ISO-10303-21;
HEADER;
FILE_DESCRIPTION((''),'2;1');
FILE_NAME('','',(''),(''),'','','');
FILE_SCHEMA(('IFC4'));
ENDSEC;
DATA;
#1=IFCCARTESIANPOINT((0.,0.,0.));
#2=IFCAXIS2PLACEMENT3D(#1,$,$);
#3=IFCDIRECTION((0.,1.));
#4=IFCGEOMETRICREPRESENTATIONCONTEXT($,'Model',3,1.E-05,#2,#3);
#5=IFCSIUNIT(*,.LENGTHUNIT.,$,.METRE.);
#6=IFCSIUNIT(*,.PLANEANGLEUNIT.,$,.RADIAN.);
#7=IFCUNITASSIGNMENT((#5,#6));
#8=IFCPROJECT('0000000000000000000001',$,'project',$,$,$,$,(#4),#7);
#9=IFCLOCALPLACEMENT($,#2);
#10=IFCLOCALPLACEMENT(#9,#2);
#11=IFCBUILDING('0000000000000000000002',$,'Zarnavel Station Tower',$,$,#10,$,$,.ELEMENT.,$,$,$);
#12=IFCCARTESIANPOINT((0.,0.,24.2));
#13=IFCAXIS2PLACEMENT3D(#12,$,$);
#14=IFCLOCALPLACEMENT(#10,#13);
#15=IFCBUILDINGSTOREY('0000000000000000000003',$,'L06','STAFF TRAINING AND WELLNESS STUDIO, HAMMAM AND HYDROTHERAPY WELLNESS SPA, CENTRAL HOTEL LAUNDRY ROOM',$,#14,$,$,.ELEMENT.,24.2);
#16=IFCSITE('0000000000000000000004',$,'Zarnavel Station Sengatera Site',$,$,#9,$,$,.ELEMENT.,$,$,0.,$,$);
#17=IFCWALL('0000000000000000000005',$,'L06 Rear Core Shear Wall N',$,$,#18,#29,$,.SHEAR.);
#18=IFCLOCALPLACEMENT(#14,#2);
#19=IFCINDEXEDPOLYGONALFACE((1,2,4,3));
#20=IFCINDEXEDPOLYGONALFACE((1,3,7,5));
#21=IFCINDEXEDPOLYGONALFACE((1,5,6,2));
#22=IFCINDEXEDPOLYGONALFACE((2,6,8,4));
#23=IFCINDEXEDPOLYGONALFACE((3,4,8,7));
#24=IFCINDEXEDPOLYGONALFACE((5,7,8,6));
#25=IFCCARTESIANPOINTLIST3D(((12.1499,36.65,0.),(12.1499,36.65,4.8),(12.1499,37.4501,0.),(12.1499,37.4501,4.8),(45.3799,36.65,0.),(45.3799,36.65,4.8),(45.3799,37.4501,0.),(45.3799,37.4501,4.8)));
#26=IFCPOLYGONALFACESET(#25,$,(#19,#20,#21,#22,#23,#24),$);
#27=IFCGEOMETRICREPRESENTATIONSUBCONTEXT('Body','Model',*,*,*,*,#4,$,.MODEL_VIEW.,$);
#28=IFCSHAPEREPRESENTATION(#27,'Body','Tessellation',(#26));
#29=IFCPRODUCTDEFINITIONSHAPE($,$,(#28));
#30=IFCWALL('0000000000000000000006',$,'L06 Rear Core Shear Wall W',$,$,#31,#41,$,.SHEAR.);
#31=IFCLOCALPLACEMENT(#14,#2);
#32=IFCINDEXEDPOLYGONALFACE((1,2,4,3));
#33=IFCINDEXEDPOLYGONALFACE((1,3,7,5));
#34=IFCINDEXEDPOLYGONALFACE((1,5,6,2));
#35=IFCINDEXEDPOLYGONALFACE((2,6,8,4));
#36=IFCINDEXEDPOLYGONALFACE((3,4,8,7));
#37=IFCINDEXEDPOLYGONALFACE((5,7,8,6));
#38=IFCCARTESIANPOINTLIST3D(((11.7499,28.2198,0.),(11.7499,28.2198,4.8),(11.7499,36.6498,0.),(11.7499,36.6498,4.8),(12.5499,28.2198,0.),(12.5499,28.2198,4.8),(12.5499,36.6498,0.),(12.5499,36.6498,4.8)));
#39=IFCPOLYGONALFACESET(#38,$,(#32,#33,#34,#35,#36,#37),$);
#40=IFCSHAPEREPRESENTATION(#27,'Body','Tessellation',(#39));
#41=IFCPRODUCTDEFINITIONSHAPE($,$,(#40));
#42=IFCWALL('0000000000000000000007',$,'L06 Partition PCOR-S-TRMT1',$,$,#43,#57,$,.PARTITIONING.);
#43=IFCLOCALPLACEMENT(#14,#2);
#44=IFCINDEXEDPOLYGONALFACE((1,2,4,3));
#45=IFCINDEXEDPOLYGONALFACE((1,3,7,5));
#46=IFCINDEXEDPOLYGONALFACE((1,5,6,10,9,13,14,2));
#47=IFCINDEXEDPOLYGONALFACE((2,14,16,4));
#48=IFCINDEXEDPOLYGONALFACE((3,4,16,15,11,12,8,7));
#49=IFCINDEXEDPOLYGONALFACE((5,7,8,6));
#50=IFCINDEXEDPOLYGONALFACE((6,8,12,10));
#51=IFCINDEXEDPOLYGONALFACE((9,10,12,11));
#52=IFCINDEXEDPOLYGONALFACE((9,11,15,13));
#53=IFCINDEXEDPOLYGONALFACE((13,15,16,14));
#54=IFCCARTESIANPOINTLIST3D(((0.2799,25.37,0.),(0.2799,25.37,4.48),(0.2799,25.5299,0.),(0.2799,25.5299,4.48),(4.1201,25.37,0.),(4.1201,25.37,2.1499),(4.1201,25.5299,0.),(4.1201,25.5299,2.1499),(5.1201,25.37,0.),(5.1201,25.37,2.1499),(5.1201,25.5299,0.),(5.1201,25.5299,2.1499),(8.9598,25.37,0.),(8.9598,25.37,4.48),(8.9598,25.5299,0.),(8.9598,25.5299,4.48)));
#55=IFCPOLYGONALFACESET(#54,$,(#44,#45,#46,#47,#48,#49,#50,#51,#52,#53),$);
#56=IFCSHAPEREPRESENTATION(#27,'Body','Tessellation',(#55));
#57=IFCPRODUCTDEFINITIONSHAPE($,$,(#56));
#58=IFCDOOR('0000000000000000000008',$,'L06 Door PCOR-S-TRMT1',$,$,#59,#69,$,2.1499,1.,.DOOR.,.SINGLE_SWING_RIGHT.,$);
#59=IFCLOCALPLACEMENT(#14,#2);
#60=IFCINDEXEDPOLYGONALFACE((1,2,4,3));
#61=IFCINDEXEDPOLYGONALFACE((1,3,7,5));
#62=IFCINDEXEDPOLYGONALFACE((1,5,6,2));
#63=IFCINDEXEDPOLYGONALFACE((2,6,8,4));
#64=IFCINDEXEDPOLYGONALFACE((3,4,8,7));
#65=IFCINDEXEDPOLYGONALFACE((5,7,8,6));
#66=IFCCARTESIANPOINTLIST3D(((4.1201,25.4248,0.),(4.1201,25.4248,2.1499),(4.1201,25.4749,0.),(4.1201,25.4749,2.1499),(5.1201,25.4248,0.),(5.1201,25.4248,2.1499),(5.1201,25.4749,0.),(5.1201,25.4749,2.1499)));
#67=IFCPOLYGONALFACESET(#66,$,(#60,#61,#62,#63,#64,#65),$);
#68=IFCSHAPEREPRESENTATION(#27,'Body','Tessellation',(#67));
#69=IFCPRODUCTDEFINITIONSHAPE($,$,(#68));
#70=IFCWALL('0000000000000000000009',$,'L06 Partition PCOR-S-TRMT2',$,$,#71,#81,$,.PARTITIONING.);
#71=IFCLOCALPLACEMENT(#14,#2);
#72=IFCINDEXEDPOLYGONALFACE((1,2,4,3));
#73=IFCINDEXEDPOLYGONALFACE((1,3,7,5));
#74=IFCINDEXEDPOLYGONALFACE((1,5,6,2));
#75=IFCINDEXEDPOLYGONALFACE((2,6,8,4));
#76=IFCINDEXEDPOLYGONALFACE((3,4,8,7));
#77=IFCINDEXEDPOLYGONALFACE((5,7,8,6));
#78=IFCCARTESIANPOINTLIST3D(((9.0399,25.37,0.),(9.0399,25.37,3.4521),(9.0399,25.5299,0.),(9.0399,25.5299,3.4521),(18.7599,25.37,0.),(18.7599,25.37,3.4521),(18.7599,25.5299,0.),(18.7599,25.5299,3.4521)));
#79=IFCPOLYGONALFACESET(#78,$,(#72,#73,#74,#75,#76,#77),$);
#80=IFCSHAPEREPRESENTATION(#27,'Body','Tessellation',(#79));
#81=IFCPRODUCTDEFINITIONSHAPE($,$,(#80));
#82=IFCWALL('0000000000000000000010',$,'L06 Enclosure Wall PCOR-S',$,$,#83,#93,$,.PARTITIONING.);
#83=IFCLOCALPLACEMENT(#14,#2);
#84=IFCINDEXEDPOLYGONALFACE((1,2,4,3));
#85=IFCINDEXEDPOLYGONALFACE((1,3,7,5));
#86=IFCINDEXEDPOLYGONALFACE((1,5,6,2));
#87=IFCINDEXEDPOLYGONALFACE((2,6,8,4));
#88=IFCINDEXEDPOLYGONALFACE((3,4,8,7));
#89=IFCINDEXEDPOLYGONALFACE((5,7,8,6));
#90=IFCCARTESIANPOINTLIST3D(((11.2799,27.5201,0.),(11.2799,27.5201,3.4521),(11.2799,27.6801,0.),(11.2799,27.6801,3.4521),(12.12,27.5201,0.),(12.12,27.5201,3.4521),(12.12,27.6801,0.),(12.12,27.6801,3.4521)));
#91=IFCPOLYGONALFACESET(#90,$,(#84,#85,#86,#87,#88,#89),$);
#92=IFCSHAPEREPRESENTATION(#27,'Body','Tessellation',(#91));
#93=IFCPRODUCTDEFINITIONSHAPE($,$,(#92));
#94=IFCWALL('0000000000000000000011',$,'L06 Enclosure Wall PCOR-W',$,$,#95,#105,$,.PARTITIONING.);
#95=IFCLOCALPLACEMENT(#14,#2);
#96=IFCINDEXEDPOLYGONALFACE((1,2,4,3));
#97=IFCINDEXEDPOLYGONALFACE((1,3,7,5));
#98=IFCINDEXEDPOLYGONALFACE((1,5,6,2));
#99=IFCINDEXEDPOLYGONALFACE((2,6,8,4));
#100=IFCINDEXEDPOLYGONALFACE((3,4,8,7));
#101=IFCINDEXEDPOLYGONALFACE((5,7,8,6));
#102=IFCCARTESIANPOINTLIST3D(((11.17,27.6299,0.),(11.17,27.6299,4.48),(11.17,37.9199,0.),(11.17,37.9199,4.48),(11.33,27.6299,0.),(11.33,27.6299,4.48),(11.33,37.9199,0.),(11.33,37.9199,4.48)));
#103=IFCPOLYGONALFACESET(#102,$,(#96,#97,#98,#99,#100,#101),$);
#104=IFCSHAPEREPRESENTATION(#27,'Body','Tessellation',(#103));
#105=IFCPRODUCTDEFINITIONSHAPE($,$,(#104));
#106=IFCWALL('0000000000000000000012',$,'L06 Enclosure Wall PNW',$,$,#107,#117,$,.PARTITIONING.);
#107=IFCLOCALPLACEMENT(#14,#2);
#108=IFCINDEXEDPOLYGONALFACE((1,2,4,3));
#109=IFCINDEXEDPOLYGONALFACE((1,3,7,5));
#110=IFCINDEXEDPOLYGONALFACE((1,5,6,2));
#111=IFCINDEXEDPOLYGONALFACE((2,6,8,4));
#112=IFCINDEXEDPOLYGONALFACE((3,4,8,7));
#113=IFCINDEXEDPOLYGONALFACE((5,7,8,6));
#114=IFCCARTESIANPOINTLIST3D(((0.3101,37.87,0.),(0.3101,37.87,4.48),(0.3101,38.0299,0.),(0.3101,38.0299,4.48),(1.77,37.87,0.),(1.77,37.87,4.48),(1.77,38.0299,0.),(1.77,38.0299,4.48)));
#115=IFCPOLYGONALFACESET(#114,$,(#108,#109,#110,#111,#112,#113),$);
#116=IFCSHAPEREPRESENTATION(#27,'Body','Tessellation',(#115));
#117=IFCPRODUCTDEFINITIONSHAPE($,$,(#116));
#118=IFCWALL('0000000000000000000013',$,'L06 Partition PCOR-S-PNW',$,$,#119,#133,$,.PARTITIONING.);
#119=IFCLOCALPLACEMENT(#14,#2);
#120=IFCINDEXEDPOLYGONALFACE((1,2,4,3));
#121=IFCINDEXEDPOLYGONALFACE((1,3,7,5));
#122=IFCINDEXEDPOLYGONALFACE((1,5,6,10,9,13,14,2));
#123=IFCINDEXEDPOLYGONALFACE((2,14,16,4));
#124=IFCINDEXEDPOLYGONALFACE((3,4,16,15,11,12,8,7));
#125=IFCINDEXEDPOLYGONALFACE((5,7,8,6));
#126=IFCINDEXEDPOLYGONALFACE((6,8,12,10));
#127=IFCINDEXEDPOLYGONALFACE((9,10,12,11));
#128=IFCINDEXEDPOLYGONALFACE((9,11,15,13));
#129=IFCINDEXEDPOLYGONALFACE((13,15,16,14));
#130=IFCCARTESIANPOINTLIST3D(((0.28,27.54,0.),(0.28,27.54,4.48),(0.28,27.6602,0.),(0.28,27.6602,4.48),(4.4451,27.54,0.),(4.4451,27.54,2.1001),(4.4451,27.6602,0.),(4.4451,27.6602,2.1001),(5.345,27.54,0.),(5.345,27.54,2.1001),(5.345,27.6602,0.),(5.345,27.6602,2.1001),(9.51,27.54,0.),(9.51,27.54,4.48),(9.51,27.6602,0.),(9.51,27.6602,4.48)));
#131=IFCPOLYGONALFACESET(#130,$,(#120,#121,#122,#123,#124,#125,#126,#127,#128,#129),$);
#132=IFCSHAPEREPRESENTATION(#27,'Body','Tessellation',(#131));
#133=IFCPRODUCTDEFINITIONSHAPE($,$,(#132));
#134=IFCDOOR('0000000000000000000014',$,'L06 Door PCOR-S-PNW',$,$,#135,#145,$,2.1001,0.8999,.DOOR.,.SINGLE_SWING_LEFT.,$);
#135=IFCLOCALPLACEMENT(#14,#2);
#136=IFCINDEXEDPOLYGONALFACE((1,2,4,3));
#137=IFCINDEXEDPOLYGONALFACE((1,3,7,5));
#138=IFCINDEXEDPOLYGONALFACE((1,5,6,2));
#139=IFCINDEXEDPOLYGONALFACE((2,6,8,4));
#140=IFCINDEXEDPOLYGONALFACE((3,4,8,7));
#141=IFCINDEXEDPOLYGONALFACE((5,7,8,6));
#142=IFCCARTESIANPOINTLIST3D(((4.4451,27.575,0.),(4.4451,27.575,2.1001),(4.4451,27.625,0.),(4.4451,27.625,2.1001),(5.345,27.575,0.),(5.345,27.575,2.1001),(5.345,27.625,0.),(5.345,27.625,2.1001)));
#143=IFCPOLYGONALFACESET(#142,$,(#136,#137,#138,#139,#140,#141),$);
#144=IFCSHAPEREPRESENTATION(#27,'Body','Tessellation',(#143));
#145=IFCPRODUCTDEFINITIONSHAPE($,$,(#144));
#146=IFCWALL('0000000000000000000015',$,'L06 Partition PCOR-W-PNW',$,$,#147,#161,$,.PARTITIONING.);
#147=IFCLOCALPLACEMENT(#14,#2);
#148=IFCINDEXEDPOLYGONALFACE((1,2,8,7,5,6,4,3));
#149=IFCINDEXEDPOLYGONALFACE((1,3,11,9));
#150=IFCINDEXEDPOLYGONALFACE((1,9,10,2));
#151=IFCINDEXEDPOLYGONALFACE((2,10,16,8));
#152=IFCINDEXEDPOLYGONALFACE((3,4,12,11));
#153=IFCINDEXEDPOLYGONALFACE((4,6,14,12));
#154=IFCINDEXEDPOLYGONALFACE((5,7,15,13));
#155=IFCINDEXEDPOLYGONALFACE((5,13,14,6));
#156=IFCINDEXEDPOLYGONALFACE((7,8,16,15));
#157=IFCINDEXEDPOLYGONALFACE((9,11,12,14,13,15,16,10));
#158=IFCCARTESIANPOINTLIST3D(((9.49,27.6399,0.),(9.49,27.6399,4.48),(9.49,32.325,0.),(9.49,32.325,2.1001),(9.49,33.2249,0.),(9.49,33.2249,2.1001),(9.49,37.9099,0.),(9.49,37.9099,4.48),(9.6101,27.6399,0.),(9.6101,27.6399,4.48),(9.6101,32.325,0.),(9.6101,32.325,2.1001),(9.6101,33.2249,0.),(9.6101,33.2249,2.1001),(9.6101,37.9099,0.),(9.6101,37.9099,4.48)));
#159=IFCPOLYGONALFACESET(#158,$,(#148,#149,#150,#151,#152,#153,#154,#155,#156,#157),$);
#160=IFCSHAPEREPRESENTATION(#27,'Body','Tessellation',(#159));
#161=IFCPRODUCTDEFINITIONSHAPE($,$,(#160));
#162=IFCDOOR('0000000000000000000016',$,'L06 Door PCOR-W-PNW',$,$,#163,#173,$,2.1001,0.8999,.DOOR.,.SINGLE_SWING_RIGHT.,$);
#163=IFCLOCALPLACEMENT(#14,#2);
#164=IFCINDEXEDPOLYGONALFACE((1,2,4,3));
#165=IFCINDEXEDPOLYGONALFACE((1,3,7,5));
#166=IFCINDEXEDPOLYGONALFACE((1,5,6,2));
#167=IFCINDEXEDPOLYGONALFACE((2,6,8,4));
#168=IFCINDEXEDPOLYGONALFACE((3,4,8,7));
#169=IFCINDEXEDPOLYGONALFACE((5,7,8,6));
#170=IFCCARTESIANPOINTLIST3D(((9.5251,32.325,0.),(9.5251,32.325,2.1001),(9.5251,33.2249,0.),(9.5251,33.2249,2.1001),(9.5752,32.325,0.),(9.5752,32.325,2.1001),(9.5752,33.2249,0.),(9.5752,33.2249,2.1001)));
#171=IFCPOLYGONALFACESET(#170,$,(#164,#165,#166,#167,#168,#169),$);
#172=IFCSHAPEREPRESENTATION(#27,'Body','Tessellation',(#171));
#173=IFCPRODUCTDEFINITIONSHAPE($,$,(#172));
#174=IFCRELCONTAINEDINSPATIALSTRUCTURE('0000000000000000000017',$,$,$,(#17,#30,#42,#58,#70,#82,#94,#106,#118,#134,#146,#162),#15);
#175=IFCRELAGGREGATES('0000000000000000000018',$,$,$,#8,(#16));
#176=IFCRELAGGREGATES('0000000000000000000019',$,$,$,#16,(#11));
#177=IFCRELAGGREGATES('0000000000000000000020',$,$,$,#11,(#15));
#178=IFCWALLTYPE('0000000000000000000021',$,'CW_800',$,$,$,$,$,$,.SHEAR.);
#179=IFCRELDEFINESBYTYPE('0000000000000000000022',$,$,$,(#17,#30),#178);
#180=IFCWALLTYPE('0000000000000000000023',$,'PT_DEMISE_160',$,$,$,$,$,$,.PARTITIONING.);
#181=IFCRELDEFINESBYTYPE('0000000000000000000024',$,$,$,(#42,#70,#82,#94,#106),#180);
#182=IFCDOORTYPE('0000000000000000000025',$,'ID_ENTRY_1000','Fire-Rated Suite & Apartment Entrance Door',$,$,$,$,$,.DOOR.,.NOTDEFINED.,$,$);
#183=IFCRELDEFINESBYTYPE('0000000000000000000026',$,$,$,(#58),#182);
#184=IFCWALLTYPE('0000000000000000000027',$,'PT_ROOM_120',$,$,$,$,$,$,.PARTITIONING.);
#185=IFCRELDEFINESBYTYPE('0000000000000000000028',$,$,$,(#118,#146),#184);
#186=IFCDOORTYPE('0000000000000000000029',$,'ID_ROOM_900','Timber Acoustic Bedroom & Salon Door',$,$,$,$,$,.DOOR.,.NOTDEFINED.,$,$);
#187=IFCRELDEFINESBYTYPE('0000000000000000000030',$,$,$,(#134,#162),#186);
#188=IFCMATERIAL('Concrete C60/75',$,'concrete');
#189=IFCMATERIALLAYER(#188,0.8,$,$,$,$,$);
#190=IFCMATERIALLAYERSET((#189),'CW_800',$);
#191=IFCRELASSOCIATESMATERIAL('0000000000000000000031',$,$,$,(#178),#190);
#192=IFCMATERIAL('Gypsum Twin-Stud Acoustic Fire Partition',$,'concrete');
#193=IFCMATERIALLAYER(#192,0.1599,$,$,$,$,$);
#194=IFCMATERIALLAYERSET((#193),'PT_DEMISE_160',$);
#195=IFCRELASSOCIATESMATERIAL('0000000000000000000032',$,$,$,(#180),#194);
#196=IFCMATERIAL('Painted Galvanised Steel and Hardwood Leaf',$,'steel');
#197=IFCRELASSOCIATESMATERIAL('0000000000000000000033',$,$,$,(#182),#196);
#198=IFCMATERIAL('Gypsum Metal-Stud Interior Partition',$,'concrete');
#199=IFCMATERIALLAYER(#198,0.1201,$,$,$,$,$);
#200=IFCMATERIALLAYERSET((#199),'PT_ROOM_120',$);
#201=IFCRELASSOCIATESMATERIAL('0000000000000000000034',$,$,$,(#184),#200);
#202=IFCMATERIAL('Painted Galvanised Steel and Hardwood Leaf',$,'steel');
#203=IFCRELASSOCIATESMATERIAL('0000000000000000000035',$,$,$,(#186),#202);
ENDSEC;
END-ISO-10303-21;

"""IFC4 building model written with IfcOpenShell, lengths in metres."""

from ifc_helpers import new_model, si_unit, direction, frame, frame_2d, origin, place, context, subcontext, project, spatial, rectangle, extrude, material, layer, layer_set, type_object, element, fill, save


model = new_model("IFC4")

# Units and contexts
model_context = context("Model", 3, precision=1e-05, world=origin(), true_north=direction((0.0, 1.0)))
body_context = subcontext(model_context, "Body", "Model", "MODEL_VIEW")
ifc_project = project(units=[si_unit("LENGTHUNIT", "METRE"), si_unit("PLANEANGLEUNIT", "RADIAN")], contexts=[model_context])

# Site, building, storey
site_placement = place(None, origin())
site = spatial("IfcSite", under=ifc_project, at=site_placement, Name="Zarnavel Station Sengatera Site", CompositionType="ELEMENT", RefElevation=0.0)
building_placement = place(site_placement, origin())
building = spatial("IfcBuilding", under=site, at=building_placement, Name="Zarnavel Station Tower", CompositionType="ELEMENT")
storey_placement = place(building_placement, frame((0.0, 0.0, 24.2)))
storey = spatial("IfcBuildingStorey", under=building, at=storey_placement, Name="L06", Description="STAFF TRAINING AND WELLNESS STUDIO, HAMMAM AND HYDROTHERAPY WELLNESS SPA, CENTRAL HOTEL LAUNDRY ROOM", CompositionType="ELEMENT", Elevation=24.2)

# Walls
ifc_material_1 = material(Name="Concrete C60/75", Category="concrete")
ifc_layer_1 = layer(ifc_material_1, 0.8)
ifc_layer_set_1 = layer_set([ifc_layer_1], Name="CW_800")
wall_type_1 = type_object("IfcWallType", Name="CW_800", PredefinedType="SHEAR", material=ifc_layer_set_1)
wall_1_placement = place(storey_placement, frame((12.1499, 37.05, 0.0), z_axis=(0.0, 0.0, 1.0), x_axis=(1.0, 0.0, 0.0)))
element("IfcWall", 1, at=wall_1_placement, inside=storey, type_object=wall_type_1, Name="L06 Rear Core Shear Wall N", PredefinedType="SHEAR", context=body_context, shape_type="SweptSolid", body=[
    extrude(rectangle(XDim=33.23, YDim=0.8, at=frame_2d((16.615, 0.0))), origin(), (0.0, 0.0, 1.0), 4.8),
])
wall_2_placement = place(storey_placement, frame((12.1499, 28.22, 0.0), z_axis=(0.0, 0.0, 1.0), x_axis=(0.0, 1.0, 0.0)))
element("IfcWall", 2, at=wall_2_placement, inside=storey, type_object=wall_type_1, Name="L06 Rear Core Shear Wall W", PredefinedType="SHEAR", context=body_context, shape_type="SweptSolid", body=[
    extrude(rectangle(XDim=8.4299, YDim=0.8, at=frame_2d((4.2148, 0.0))), origin(), (0.0, 0.0, 1.0), 4.8),
])

# Wall, opening, door
ifc_material_2 = material(Name="Gypsum Twin-Stud Acoustic Fire Partition", Category="concrete")
ifc_layer_2 = layer(ifc_material_2, 0.1599)
ifc_layer_set_2 = layer_set([ifc_layer_2], Name="PT_DEMISE_160")
wall_type_2 = type_object("IfcWallType", Name="PT_DEMISE_160", PredefinedType="PARTITIONING", material=ifc_layer_set_2)
wall_3_placement = place(storey_placement, frame((0.28, 25.45, 0.0), z_axis=(0.0, 0.0, 1.0), x_axis=(1.0, 0.0, 0.0)))
wall_3 = element("IfcWall", 3, at=wall_3_placement, inside=storey, type_object=wall_type_2, Name="L06 Partition PCOR-S-TRMT1", PredefinedType="PARTITIONING", context=body_context, shape_type="SweptSolid", body=[
    extrude(rectangle(XDim=8.6799, YDim=0.1599, at=frame_2d((4.3398, 0.0))), origin(), (0.0, 0.0, 1.0), 4.48),
])
opening_1_placement = place(wall_3_placement, frame((3.8401, 0.0, 0.0)))
opening_1 = element("IfcOpeningElement", 4, at=opening_1_placement, cuts=wall_3, PredefinedType="OPENING", context=body_context, shape_type="SweptSolid", body=[
    extrude(rectangle(XDim=1.0, YDim=2.1499, at=frame_2d((0.5, 1.075))), frame((0.0, 0.0898, 0.0), z_axis=(0.0, -1.0, 0.0), x_axis=(1.0, 0.0, 0.0)), (0.0, 0.0, 1.0), 0.1799),
])
ifc_material_3 = material(Name="Painted Galvanised Steel and Hardwood Leaf", Category="steel")
door_type_1 = type_object("IfcDoorType", Name="ID_ENTRY_1000", Description="Fire-Rated Suite & Apartment Entrance Door", OperationType="NOTDEFINED", PredefinedType="DOOR", material=ifc_material_3)
door_1_placement = place(opening_1_placement, origin())
door_1 = element("IfcDoor", 5, at=door_1_placement, inside=storey, type_object=door_type_1, Name="L06 Door PCOR-S-TRMT1", OperationType="SINGLE_SWING_RIGHT", OverallHeight=2.1499, OverallWidth=1.0, PredefinedType="DOOR", context=body_context, shape_type="SweptSolid", body=[
    extrude(rectangle(XDim=1.0, YDim=2.1499, at=frame_2d((0.5, 1.075))), frame((0.0, 0.0249, 0.0), z_axis=(0.0, -1.0, 0.0), x_axis=(1.0, 0.0, 0.0)), (0.0, 0.0, 1.0), 0.05),
])
fill(opening_1, door_1)

# Walls
wall_4_placement = place(storey_placement, frame((9.04, 25.45, 0.0), z_axis=(0.0, 0.0, 1.0), x_axis=(1.0, 0.0, 0.0)))
element("IfcWall", 6, at=wall_4_placement, inside=storey, type_object=wall_type_2, Name="L06 Partition PCOR-S-TRMT2", PredefinedType="PARTITIONING", context=body_context, shape_type="SweptSolid", body=[
    extrude(rectangle(XDim=9.72, YDim=0.1599, at=frame_2d((4.8599, 0.0))), origin(), (0.0, 0.0, 1.0), 3.4521),
])
wall_5_placement = place(storey_placement, frame((11.28, 27.6001, 0.0), z_axis=(0.0, 0.0, 1.0), x_axis=(1.0, 0.0, 0.0)))
element("IfcWall", 7, at=wall_5_placement, inside=storey, type_object=wall_type_2, Name="L06 Enclosure Wall PCOR-S", PredefinedType="PARTITIONING", context=body_context, shape_type="SweptSolid", body=[
    extrude(rectangle(XDim=0.8401, YDim=0.1599, at=frame_2d((0.4199, 0.0))), origin(), (0.0, 0.0, 1.0), 3.4521),
])
wall_6_placement = place(storey_placement, frame((11.25, 27.6299, 0.0), z_axis=(0.0, 0.0, 1.0), x_axis=(0.0, 1.0, 0.0)))
element("IfcWall", 8, at=wall_6_placement, inside=storey, type_object=wall_type_2, Name="L06 Enclosure Wall PCOR-W", PredefinedType="PARTITIONING", context=body_context, shape_type="SweptSolid", body=[
    extrude(rectangle(XDim=10.29, YDim=0.1599, at=frame_2d((5.145, 0.0))), origin(), (0.0, 0.0, 1.0), 4.48),
])
wall_7_placement = place(storey_placement, frame((0.3101, 37.95, 0.0), z_axis=(0.0, 0.0, 1.0), x_axis=(1.0, 0.0, 0.0)))
element("IfcWall", 9, at=wall_7_placement, inside=storey, type_object=wall_type_2, Name="L06 Enclosure Wall PNW", PredefinedType="PARTITIONING", context=body_context, shape_type="SweptSolid", body=[
    extrude(rectangle(XDim=1.46, YDim=0.1599, at=frame_2d((0.73, 0.0))), origin(), (0.0, 0.0, 1.0), 4.48),
])

# Walls, openings, doors
ifc_material_4 = material(Name="Gypsum Metal-Stud Interior Partition", Category="concrete")
ifc_layer_3 = layer(ifc_material_4, 0.1201)
ifc_layer_set_3 = layer_set([ifc_layer_3], Name="PT_ROOM_120")
wall_type_3 = type_object("IfcWallType", Name="PT_ROOM_120", PredefinedType="PARTITIONING", material=ifc_layer_set_3)
wall_8_placement = place(storey_placement, frame((0.28, 27.6001, 0.0), z_axis=(0.0, 0.0, 1.0), x_axis=(1.0, 0.0, 0.0)))
wall_8 = element("IfcWall", 10, at=wall_8_placement, inside=storey, type_object=wall_type_3, Name="L06 Partition PCOR-S-PNW", PredefinedType="PARTITIONING", context=body_context, shape_type="SweptSolid", body=[
    extrude(rectangle(XDim=9.23, YDim=0.1201, at=frame_2d((4.615, 0.0))), origin(), (0.0, 0.0, 1.0), 4.48),
])
opening_2_placement = place(wall_8_placement, frame((4.165, 0.0, 0.0)))
opening_2 = element("IfcOpeningElement", 11, at=opening_2_placement, cuts=wall_8, PredefinedType="OPENING", context=body_context, shape_type="SweptSolid", body=[
    extrude(rectangle(XDim=0.8999, YDim=2.1001, at=frame_2d((0.45, 1.05))), frame((0.0, 0.0701, 0.0), z_axis=(0.0, -1.0, 0.0), x_axis=(1.0, 0.0, 0.0)), (0.0, 0.0, 1.0), 0.1401),
])
ifc_material_5 = material(Name="Painted Galvanised Steel and Hardwood Leaf", Category="steel")
door_type_2 = type_object("IfcDoorType", Name="ID_ROOM_900", Description="Timber Acoustic Bedroom & Salon Door", OperationType="NOTDEFINED", PredefinedType="DOOR", material=ifc_material_5)
door_2_placement = place(opening_2_placement, origin())
door_2 = element("IfcDoor", 12, at=door_2_placement, inside=storey, type_object=door_type_2, Name="L06 Door PCOR-S-PNW", OperationType="SINGLE_SWING_LEFT", OverallHeight=2.1001, OverallWidth=0.8999, PredefinedType="DOOR", context=body_context, shape_type="SweptSolid", body=[
    extrude(rectangle(XDim=0.8999, YDim=2.1001, at=frame_2d((0.45, 1.05))), frame((0.0, 0.0249, 0.0), z_axis=(0.0, -1.0, 0.0), x_axis=(1.0, 0.0, 0.0)), (0.0, 0.0, 1.0), 0.05),
])
fill(opening_2, door_2)
wall_9_placement = place(storey_placement, frame((9.55, 27.6399, 0.0), z_axis=(0.0, 0.0, 1.0), x_axis=(0.0, 1.0, 0.0)))
wall_9 = element("IfcWall", 13, at=wall_9_placement, inside=storey, type_object=wall_type_3, Name="L06 Partition PCOR-W-PNW", PredefinedType="PARTITIONING", context=body_context, shape_type="SweptSolid", body=[
    extrude(rectangle(XDim=10.27, YDim=0.1201, at=frame_2d((5.135, 0.0))), origin(), (0.0, 0.0, 1.0), 4.48),
])
opening_3_placement = place(wall_9_placement, frame((4.6851, 0.0, 0.0)))
opening_3 = element("IfcOpeningElement", 14, at=opening_3_placement, cuts=wall_9, PredefinedType="OPENING", context=body_context, shape_type="SweptSolid", body=[
    extrude(rectangle(XDim=0.8999, YDim=2.1001, at=frame_2d((0.45, 1.05))), frame((0.0, 0.0701, 0.0), z_axis=(0.0, -1.0, 0.0), x_axis=(1.0, 0.0, 0.0)), (0.0, 0.0, 1.0), 0.1401),
])
door_3_placement = place(opening_3_placement, origin())
door_3 = element("IfcDoor", 15, at=door_3_placement, inside=storey, type_object=door_type_2, Name="L06 Door PCOR-W-PNW", OperationType="SINGLE_SWING_RIGHT", OverallHeight=2.1001, OverallWidth=0.8999, PredefinedType="DOOR", context=body_context, shape_type="SweptSolid", body=[
    extrude(rectangle(XDim=0.8999, YDim=2.1001, at=frame_2d((0.45, 1.05))), frame((0.0, 0.0249, 0.0), z_axis=(0.0, -1.0, 0.0), x_axis=(1.0, 0.0, 0.0)), (0.0, 0.0, 1.0), 0.05),
])
fill(opening_3, door_3)

save(model, "model.ifc")
